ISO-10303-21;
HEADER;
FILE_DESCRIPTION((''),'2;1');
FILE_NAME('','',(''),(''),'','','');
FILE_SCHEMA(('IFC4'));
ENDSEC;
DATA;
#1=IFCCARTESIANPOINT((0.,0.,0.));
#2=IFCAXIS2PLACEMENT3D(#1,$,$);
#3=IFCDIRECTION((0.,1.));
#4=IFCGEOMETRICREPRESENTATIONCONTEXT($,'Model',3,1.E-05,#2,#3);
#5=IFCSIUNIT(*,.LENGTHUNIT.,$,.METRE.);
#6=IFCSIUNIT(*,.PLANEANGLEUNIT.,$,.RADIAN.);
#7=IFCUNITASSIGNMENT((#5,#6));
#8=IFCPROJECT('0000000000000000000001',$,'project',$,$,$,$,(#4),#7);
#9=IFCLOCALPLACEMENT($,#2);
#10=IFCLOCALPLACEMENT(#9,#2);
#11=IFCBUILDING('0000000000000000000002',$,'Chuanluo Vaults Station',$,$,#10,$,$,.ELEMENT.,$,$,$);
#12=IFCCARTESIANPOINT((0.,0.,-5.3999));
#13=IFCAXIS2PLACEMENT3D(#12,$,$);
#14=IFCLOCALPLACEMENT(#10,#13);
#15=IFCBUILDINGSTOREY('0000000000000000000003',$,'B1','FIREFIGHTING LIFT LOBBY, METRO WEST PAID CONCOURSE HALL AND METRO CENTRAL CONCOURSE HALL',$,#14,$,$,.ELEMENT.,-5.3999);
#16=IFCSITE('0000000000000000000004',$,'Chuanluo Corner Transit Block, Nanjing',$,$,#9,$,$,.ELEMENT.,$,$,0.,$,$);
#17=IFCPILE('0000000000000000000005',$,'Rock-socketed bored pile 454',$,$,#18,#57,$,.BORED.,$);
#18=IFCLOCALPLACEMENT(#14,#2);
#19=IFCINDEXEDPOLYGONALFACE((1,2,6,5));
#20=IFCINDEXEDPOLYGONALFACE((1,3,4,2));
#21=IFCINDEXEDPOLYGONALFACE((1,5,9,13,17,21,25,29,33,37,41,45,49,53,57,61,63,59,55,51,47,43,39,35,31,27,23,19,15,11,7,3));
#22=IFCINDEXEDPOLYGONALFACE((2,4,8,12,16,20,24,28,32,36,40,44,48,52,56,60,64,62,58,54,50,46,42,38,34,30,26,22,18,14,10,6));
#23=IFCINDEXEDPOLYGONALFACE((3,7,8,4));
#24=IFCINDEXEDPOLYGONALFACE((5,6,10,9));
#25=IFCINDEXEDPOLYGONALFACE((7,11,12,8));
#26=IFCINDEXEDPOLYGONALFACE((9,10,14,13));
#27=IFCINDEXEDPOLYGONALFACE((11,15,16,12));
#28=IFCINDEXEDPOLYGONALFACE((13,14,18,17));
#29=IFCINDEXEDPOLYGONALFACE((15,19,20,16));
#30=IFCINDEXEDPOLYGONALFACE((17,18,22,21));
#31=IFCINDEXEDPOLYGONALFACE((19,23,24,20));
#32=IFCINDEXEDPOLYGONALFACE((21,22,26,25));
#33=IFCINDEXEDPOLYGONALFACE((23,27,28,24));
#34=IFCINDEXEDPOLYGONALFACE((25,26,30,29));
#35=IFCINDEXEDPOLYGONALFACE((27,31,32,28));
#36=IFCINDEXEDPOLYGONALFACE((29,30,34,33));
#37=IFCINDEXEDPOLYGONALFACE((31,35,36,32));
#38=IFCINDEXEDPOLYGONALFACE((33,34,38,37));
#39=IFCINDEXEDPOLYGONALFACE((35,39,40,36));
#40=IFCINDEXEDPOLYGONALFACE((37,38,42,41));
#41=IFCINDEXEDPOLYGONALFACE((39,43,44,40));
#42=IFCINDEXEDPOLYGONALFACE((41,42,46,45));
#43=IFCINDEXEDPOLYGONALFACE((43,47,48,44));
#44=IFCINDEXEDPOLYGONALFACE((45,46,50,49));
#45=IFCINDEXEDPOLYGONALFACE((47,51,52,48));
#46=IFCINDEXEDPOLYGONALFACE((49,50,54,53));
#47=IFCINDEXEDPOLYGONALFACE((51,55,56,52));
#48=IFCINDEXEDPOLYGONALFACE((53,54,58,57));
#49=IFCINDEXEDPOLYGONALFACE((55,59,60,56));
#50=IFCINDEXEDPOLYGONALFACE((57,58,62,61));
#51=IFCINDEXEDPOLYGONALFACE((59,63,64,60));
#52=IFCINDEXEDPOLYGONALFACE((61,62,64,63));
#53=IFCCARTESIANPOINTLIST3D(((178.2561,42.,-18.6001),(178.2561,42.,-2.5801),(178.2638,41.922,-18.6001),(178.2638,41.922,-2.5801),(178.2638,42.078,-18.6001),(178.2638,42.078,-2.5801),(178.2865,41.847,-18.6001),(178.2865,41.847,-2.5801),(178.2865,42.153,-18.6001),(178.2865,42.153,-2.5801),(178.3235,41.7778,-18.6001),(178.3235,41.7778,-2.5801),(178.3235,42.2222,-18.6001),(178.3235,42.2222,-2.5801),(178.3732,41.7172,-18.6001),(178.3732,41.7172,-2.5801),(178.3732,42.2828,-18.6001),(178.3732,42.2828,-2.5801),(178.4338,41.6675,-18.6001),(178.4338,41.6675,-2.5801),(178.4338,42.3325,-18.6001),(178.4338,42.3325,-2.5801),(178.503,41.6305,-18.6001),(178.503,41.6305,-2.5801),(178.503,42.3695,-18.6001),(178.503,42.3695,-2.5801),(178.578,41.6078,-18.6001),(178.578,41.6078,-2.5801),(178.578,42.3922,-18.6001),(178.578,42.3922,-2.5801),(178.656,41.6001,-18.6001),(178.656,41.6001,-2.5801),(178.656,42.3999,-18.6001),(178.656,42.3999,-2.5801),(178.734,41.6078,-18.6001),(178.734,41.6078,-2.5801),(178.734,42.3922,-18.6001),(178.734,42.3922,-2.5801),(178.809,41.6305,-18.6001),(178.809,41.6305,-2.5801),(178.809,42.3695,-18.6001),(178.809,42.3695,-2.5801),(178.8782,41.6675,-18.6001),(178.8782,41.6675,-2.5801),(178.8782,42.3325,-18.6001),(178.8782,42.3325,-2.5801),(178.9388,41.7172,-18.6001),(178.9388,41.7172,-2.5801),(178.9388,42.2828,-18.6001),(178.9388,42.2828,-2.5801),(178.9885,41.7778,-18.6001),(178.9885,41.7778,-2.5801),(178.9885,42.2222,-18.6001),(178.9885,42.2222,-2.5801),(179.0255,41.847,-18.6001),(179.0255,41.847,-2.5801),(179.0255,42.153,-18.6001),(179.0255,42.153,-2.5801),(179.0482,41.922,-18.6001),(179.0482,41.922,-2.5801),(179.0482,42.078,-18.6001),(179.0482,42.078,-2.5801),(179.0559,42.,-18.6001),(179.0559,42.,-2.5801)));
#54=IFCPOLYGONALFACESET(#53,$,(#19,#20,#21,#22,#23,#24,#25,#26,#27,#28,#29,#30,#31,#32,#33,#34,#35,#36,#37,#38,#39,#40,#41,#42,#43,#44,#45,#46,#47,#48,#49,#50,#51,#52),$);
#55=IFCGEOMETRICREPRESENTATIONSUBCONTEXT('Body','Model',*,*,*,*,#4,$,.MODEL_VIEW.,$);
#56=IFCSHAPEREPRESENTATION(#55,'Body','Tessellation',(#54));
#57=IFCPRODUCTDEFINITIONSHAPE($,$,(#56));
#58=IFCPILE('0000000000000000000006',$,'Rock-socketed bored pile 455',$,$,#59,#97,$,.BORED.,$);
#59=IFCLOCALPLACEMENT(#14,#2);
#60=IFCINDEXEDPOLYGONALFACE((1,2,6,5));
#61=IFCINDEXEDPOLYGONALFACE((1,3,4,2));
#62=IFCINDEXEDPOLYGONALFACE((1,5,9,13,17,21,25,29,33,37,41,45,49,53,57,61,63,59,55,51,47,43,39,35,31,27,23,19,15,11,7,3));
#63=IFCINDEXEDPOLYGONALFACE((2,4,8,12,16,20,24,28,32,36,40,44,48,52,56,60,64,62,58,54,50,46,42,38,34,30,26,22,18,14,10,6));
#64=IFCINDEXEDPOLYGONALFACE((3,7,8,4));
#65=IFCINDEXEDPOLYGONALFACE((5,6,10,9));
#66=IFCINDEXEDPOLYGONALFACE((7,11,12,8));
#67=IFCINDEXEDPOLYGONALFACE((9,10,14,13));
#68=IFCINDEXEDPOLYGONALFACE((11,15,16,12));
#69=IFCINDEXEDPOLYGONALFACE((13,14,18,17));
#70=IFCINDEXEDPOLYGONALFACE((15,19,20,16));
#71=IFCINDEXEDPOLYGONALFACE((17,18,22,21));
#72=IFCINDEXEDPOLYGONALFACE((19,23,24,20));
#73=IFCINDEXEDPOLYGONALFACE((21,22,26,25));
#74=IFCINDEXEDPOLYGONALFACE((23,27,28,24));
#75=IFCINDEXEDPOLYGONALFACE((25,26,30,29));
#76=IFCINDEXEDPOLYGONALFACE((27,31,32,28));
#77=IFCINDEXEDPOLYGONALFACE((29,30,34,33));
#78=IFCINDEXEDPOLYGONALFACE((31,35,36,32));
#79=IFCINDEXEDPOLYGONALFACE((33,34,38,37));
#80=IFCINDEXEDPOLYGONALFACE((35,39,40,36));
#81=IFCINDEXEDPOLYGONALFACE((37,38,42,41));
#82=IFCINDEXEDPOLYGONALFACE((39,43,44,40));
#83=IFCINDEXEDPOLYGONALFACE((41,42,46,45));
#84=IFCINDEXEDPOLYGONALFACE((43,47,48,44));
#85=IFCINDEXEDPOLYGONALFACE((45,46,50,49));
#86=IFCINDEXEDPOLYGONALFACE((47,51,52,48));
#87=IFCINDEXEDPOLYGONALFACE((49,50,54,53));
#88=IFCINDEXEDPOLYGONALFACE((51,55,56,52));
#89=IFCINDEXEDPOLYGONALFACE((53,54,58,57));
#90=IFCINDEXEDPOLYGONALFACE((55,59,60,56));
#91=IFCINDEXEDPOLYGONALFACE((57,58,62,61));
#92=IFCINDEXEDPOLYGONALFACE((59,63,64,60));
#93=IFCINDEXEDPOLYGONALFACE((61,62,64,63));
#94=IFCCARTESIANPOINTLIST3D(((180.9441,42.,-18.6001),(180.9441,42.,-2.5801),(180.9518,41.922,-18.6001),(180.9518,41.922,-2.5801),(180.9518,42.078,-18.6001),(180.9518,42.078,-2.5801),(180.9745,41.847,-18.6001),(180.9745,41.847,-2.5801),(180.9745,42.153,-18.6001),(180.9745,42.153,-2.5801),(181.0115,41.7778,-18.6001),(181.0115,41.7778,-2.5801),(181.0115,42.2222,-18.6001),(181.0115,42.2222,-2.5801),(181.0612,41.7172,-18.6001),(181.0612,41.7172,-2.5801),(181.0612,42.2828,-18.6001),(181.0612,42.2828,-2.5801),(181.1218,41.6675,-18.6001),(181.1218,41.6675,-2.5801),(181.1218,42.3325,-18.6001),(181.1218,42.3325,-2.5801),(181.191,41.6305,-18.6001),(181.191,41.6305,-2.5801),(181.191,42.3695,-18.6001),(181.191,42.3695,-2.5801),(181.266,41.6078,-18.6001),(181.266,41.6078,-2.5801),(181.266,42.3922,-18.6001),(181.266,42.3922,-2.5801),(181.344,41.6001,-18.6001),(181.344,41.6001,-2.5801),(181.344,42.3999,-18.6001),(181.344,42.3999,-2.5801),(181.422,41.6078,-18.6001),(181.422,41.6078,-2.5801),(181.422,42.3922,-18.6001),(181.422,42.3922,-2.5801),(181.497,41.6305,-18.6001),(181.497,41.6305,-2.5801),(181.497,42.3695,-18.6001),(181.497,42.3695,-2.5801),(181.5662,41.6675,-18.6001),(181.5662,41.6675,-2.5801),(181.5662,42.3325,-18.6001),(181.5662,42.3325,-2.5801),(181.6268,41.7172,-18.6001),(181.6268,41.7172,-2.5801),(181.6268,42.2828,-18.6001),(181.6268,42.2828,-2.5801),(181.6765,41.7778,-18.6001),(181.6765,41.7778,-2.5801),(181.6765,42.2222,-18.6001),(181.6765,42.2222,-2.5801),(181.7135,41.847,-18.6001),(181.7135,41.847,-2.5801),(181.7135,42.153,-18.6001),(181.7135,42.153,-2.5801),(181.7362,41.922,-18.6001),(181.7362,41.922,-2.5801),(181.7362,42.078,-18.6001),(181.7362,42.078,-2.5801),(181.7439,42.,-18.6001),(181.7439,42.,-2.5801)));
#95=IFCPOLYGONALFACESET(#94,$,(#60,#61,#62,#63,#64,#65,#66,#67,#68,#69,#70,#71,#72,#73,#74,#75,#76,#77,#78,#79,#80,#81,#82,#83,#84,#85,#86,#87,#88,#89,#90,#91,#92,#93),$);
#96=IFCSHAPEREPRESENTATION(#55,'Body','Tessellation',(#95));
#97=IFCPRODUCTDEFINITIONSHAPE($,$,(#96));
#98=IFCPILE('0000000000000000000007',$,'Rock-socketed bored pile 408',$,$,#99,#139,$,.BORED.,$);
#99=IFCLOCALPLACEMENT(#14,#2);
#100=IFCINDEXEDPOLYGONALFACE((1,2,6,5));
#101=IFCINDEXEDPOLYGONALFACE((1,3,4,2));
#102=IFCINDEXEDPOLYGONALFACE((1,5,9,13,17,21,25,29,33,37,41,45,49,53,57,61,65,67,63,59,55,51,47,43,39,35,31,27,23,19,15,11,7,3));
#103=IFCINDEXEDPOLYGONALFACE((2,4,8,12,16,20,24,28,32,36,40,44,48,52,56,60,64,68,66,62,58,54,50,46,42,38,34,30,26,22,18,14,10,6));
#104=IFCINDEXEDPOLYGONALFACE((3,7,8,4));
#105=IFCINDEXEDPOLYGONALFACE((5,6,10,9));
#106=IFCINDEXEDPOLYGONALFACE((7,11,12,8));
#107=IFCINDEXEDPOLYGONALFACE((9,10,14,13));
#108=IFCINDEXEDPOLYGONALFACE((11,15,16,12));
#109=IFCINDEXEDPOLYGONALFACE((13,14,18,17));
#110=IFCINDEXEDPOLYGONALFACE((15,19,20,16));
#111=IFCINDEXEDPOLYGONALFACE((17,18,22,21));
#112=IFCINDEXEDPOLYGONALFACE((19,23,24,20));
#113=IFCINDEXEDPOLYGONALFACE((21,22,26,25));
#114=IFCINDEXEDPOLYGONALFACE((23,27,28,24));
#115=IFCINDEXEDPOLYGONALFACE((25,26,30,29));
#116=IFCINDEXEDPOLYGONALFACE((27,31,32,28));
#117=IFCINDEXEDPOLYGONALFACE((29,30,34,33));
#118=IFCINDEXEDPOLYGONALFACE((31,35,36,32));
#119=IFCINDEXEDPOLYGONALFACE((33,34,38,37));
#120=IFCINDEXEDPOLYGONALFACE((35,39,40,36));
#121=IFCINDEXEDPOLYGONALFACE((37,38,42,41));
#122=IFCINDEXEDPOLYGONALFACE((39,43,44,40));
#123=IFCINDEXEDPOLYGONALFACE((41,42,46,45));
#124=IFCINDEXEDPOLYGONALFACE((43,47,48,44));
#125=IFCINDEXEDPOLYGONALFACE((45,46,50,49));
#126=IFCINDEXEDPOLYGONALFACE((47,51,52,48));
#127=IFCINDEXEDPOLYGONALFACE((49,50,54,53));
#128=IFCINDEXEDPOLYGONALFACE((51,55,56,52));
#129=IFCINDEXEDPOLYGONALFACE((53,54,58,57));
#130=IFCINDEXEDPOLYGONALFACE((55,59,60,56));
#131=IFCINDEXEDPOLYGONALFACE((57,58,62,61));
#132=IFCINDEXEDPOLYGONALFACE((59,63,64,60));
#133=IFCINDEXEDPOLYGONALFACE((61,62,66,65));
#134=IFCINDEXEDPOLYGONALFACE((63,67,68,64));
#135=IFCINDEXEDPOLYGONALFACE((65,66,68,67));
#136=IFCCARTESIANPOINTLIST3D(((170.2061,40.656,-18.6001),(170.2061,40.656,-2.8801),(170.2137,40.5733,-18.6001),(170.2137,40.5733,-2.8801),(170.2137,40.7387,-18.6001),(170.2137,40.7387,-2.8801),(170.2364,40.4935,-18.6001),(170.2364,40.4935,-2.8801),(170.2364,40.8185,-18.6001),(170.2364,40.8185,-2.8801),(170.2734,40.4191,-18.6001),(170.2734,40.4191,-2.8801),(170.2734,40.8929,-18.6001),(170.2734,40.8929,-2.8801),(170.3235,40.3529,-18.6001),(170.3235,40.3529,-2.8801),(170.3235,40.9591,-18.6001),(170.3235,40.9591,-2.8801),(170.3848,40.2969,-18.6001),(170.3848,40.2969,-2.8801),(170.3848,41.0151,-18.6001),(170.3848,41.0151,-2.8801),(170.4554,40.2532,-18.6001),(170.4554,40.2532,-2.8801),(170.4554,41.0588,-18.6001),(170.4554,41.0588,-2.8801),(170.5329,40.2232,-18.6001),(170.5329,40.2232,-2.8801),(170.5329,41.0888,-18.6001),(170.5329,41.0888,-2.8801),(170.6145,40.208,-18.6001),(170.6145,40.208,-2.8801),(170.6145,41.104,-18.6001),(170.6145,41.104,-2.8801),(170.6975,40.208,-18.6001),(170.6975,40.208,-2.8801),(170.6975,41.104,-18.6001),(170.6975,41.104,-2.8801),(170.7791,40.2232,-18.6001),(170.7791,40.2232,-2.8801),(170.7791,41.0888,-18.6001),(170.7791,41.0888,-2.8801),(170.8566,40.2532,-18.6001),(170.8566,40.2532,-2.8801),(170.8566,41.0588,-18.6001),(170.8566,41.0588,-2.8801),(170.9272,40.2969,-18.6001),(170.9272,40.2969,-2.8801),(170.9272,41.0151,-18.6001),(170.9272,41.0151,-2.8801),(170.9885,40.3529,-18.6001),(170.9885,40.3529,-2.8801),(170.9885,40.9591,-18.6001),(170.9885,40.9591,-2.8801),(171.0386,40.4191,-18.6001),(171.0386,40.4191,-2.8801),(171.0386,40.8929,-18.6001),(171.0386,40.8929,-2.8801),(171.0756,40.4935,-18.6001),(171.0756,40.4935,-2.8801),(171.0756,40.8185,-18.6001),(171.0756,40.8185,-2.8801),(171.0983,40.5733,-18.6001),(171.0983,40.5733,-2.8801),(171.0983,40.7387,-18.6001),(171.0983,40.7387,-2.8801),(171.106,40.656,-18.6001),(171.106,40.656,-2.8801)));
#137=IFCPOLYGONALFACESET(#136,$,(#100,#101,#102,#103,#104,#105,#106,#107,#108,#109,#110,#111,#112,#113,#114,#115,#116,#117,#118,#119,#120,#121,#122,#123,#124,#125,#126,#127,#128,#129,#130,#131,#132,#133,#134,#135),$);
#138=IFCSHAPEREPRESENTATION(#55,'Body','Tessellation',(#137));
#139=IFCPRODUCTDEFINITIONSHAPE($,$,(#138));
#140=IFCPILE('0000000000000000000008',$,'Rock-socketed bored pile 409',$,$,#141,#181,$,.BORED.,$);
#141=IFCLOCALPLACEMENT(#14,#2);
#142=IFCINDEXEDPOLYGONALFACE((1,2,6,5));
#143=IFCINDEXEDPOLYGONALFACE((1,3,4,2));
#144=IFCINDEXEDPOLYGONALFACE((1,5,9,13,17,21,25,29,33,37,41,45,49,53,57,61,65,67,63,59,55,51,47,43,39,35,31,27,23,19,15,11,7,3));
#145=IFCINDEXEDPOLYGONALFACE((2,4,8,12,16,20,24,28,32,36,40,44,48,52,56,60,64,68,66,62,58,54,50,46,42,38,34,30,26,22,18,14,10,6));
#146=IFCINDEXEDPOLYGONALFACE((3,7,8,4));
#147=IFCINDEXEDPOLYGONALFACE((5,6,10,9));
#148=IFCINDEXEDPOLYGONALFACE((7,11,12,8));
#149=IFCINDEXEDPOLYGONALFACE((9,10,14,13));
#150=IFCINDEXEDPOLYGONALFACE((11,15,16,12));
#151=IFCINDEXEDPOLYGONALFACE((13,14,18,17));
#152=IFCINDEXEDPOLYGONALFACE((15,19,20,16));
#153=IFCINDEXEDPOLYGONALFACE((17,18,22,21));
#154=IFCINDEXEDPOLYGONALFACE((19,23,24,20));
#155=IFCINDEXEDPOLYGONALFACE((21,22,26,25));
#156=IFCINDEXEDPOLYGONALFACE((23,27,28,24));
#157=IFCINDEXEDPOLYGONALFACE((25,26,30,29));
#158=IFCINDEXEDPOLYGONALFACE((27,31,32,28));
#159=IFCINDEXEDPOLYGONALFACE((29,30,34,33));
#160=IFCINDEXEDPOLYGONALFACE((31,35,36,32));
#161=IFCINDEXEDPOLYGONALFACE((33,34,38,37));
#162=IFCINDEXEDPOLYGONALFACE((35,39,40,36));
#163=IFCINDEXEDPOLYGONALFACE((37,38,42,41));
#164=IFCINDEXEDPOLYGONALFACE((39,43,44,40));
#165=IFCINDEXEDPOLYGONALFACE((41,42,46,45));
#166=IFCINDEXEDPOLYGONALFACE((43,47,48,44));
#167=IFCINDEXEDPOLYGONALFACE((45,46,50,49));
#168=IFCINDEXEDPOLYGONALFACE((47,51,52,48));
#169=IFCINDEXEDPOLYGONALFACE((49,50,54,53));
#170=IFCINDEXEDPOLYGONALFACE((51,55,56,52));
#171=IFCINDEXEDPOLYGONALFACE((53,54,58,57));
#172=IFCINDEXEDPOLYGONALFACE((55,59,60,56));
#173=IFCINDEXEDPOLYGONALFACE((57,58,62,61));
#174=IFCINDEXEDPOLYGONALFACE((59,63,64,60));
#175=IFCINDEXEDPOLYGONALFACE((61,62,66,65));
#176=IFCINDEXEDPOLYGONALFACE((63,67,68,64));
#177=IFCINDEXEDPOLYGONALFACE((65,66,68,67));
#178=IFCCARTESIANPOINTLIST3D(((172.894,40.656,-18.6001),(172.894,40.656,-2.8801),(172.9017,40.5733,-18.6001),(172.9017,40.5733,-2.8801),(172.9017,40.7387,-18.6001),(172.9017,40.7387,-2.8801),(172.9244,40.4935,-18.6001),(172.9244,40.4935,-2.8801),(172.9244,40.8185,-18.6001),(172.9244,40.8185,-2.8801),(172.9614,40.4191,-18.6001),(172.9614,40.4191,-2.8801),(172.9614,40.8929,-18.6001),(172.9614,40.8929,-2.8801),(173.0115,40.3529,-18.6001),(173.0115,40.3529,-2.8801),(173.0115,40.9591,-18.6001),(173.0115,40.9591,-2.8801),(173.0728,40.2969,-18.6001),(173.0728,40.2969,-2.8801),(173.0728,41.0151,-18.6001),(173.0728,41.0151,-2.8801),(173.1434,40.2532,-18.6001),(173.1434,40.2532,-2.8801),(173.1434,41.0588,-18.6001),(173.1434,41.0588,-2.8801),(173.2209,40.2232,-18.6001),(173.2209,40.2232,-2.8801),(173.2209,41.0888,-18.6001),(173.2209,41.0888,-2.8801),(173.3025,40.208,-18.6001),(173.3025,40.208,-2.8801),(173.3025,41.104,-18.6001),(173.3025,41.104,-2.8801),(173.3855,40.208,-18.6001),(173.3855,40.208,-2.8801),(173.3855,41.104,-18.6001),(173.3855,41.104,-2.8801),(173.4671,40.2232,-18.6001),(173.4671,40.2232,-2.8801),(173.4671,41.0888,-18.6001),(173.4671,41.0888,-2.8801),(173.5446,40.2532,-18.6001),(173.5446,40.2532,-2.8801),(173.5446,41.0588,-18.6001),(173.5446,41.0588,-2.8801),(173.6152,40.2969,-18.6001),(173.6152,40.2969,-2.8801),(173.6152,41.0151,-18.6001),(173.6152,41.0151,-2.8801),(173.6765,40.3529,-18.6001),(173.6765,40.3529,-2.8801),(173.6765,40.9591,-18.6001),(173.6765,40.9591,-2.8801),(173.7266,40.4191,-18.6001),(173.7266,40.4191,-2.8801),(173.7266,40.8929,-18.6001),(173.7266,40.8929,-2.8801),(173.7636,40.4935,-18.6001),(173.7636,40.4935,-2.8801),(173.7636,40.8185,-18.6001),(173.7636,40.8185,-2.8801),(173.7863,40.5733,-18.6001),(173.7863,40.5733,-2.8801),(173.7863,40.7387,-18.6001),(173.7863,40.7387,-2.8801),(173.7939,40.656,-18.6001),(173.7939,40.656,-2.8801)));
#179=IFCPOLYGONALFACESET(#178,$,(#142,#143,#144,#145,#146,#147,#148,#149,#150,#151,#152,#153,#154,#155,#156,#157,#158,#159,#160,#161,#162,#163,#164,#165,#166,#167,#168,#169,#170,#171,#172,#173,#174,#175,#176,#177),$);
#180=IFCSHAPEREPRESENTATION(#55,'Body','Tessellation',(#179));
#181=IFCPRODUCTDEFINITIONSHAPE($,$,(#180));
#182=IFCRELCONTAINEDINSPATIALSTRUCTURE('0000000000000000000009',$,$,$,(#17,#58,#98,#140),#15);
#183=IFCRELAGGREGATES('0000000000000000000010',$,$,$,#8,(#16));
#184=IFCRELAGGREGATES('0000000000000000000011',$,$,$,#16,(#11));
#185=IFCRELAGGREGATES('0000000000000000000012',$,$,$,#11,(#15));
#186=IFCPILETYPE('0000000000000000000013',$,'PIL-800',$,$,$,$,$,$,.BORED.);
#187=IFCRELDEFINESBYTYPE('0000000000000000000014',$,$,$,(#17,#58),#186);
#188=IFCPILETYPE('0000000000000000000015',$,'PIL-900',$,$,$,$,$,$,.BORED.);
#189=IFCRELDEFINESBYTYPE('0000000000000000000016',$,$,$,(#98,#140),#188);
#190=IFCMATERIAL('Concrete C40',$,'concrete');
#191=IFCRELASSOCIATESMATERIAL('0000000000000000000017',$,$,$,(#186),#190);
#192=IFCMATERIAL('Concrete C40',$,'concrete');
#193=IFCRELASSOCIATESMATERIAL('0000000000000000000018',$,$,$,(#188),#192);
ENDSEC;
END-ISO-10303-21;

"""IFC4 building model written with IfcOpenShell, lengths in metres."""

from ifc_helpers import new_model, si_unit, direction, frame, origin, origin_2d, place, context, subcontext, project, spatial, circle, extrude, material, material_profile, profile_set, type_object, element, save


model = new_model("IFC4")

# Units and contexts
model_context = context("Model", 3, precision=1e-05, world=origin(), true_north=direction((0.0, 1.0)))
body_context = subcontext(model_context, "Body", "Model", "MODEL_VIEW")
ifc_project = project(units=[si_unit("LENGTHUNIT", "METRE"), si_unit("PLANEANGLEUNIT", "RADIAN")], contexts=[model_context])

# Site, building, storey
site_placement = place(None, origin())
site = spatial("IfcSite", under=ifc_project, at=site_placement, Name="Chuanluo Corner Transit Block, Nanjing", CompositionType="ELEMENT", RefElevation=0.0)
building_placement = place(site_placement, origin())
building = spatial("IfcBuilding", under=site, at=building_placement, Name="Chuanluo Vaults Station", CompositionType="ELEMENT")
storey_placement = place(building_placement, frame((0.0, 0.0, -5.3999)))
storey = spatial("IfcBuildingStorey", under=building, at=storey_placement, Name="B1", Description="FIREFIGHTING LIFT LOBBY, METRO WEST PAID CONCOURSE HALL AND METRO CENTRAL CONCOURSE HALL", CompositionType="ELEMENT", Elevation=-5.3999)

# Piles
ifc_material_1 = material(Name="Concrete C40", Category="concrete")
ifc_material_profile_1 = material_profile(ifc_material_1, circle(Radius=0.3999, at=origin_2d()))
ifc_profile_set_1 = profile_set([ifc_material_profile_1], Name="Concrete C40")
pile_type_1 = type_object("IfcPileType", Name="PIL-800", PredefinedType="BORED", material=ifc_profile_set_1)
for number, where, z_axis, x_axis, name in (
    (1, (178.656, 42.0, -2.5801), (0.0, 0.0, -1.0), (1.0, 0.0, 0.0), "Rock-socketed bored pile 454"),
    (2, (181.344, 42.0, -2.5801), (0.0, 0.0, -1.0), (1.0, 0.0, 0.0), "Rock-socketed bored pile 455"),
):
    element("IfcPile", number, at=place(storey_placement, frame(where, z_axis=z_axis, x_axis=x_axis)), inside=storey, type_object=pile_type_1, Name=name, PredefinedType="BORED", context=body_context, shape_type="SweptSolid", body=[
        extrude(circle(Radius=0.3999, at=origin_2d()), origin(), (0.0, 0.0, 1.0), 16.02),
    ])
ifc_material_2 = material(Name="Concrete C40", Category="concrete")
ifc_material_profile_2 = material_profile(ifc_material_2, circle(Radius=0.45, at=origin_2d()))
ifc_profile_set_2 = profile_set([ifc_material_profile_2], Name="Concrete C40")
pile_type_2 = type_object("IfcPileType", Name="PIL-900", PredefinedType="BORED", material=ifc_profile_set_2)
for number, where, z_axis, x_axis, name in (
    (3, (170.656, 40.656, -2.8801), (0.0, 0.0, -1.0), (1.0, 0.0, 0.0), "Rock-socketed bored pile 408"),
    (4, (173.344, 40.656, -2.8801), (0.0, 0.0, -1.0), (1.0, 0.0, 0.0), "Rock-socketed bored pile 409"),
):
    element("IfcPile", number, at=place(storey_placement, frame(where, z_axis=z_axis, x_axis=x_axis)), inside=storey, type_object=pile_type_2, Name=name, PredefinedType="BORED", context=body_context, shape_type="SweptSolid", body=[
        extrude(circle(Radius=0.45, at=origin_2d()), origin(), (0.0, 0.0, 1.0), 15.72),
    ])

save(model, "model.ifc")
